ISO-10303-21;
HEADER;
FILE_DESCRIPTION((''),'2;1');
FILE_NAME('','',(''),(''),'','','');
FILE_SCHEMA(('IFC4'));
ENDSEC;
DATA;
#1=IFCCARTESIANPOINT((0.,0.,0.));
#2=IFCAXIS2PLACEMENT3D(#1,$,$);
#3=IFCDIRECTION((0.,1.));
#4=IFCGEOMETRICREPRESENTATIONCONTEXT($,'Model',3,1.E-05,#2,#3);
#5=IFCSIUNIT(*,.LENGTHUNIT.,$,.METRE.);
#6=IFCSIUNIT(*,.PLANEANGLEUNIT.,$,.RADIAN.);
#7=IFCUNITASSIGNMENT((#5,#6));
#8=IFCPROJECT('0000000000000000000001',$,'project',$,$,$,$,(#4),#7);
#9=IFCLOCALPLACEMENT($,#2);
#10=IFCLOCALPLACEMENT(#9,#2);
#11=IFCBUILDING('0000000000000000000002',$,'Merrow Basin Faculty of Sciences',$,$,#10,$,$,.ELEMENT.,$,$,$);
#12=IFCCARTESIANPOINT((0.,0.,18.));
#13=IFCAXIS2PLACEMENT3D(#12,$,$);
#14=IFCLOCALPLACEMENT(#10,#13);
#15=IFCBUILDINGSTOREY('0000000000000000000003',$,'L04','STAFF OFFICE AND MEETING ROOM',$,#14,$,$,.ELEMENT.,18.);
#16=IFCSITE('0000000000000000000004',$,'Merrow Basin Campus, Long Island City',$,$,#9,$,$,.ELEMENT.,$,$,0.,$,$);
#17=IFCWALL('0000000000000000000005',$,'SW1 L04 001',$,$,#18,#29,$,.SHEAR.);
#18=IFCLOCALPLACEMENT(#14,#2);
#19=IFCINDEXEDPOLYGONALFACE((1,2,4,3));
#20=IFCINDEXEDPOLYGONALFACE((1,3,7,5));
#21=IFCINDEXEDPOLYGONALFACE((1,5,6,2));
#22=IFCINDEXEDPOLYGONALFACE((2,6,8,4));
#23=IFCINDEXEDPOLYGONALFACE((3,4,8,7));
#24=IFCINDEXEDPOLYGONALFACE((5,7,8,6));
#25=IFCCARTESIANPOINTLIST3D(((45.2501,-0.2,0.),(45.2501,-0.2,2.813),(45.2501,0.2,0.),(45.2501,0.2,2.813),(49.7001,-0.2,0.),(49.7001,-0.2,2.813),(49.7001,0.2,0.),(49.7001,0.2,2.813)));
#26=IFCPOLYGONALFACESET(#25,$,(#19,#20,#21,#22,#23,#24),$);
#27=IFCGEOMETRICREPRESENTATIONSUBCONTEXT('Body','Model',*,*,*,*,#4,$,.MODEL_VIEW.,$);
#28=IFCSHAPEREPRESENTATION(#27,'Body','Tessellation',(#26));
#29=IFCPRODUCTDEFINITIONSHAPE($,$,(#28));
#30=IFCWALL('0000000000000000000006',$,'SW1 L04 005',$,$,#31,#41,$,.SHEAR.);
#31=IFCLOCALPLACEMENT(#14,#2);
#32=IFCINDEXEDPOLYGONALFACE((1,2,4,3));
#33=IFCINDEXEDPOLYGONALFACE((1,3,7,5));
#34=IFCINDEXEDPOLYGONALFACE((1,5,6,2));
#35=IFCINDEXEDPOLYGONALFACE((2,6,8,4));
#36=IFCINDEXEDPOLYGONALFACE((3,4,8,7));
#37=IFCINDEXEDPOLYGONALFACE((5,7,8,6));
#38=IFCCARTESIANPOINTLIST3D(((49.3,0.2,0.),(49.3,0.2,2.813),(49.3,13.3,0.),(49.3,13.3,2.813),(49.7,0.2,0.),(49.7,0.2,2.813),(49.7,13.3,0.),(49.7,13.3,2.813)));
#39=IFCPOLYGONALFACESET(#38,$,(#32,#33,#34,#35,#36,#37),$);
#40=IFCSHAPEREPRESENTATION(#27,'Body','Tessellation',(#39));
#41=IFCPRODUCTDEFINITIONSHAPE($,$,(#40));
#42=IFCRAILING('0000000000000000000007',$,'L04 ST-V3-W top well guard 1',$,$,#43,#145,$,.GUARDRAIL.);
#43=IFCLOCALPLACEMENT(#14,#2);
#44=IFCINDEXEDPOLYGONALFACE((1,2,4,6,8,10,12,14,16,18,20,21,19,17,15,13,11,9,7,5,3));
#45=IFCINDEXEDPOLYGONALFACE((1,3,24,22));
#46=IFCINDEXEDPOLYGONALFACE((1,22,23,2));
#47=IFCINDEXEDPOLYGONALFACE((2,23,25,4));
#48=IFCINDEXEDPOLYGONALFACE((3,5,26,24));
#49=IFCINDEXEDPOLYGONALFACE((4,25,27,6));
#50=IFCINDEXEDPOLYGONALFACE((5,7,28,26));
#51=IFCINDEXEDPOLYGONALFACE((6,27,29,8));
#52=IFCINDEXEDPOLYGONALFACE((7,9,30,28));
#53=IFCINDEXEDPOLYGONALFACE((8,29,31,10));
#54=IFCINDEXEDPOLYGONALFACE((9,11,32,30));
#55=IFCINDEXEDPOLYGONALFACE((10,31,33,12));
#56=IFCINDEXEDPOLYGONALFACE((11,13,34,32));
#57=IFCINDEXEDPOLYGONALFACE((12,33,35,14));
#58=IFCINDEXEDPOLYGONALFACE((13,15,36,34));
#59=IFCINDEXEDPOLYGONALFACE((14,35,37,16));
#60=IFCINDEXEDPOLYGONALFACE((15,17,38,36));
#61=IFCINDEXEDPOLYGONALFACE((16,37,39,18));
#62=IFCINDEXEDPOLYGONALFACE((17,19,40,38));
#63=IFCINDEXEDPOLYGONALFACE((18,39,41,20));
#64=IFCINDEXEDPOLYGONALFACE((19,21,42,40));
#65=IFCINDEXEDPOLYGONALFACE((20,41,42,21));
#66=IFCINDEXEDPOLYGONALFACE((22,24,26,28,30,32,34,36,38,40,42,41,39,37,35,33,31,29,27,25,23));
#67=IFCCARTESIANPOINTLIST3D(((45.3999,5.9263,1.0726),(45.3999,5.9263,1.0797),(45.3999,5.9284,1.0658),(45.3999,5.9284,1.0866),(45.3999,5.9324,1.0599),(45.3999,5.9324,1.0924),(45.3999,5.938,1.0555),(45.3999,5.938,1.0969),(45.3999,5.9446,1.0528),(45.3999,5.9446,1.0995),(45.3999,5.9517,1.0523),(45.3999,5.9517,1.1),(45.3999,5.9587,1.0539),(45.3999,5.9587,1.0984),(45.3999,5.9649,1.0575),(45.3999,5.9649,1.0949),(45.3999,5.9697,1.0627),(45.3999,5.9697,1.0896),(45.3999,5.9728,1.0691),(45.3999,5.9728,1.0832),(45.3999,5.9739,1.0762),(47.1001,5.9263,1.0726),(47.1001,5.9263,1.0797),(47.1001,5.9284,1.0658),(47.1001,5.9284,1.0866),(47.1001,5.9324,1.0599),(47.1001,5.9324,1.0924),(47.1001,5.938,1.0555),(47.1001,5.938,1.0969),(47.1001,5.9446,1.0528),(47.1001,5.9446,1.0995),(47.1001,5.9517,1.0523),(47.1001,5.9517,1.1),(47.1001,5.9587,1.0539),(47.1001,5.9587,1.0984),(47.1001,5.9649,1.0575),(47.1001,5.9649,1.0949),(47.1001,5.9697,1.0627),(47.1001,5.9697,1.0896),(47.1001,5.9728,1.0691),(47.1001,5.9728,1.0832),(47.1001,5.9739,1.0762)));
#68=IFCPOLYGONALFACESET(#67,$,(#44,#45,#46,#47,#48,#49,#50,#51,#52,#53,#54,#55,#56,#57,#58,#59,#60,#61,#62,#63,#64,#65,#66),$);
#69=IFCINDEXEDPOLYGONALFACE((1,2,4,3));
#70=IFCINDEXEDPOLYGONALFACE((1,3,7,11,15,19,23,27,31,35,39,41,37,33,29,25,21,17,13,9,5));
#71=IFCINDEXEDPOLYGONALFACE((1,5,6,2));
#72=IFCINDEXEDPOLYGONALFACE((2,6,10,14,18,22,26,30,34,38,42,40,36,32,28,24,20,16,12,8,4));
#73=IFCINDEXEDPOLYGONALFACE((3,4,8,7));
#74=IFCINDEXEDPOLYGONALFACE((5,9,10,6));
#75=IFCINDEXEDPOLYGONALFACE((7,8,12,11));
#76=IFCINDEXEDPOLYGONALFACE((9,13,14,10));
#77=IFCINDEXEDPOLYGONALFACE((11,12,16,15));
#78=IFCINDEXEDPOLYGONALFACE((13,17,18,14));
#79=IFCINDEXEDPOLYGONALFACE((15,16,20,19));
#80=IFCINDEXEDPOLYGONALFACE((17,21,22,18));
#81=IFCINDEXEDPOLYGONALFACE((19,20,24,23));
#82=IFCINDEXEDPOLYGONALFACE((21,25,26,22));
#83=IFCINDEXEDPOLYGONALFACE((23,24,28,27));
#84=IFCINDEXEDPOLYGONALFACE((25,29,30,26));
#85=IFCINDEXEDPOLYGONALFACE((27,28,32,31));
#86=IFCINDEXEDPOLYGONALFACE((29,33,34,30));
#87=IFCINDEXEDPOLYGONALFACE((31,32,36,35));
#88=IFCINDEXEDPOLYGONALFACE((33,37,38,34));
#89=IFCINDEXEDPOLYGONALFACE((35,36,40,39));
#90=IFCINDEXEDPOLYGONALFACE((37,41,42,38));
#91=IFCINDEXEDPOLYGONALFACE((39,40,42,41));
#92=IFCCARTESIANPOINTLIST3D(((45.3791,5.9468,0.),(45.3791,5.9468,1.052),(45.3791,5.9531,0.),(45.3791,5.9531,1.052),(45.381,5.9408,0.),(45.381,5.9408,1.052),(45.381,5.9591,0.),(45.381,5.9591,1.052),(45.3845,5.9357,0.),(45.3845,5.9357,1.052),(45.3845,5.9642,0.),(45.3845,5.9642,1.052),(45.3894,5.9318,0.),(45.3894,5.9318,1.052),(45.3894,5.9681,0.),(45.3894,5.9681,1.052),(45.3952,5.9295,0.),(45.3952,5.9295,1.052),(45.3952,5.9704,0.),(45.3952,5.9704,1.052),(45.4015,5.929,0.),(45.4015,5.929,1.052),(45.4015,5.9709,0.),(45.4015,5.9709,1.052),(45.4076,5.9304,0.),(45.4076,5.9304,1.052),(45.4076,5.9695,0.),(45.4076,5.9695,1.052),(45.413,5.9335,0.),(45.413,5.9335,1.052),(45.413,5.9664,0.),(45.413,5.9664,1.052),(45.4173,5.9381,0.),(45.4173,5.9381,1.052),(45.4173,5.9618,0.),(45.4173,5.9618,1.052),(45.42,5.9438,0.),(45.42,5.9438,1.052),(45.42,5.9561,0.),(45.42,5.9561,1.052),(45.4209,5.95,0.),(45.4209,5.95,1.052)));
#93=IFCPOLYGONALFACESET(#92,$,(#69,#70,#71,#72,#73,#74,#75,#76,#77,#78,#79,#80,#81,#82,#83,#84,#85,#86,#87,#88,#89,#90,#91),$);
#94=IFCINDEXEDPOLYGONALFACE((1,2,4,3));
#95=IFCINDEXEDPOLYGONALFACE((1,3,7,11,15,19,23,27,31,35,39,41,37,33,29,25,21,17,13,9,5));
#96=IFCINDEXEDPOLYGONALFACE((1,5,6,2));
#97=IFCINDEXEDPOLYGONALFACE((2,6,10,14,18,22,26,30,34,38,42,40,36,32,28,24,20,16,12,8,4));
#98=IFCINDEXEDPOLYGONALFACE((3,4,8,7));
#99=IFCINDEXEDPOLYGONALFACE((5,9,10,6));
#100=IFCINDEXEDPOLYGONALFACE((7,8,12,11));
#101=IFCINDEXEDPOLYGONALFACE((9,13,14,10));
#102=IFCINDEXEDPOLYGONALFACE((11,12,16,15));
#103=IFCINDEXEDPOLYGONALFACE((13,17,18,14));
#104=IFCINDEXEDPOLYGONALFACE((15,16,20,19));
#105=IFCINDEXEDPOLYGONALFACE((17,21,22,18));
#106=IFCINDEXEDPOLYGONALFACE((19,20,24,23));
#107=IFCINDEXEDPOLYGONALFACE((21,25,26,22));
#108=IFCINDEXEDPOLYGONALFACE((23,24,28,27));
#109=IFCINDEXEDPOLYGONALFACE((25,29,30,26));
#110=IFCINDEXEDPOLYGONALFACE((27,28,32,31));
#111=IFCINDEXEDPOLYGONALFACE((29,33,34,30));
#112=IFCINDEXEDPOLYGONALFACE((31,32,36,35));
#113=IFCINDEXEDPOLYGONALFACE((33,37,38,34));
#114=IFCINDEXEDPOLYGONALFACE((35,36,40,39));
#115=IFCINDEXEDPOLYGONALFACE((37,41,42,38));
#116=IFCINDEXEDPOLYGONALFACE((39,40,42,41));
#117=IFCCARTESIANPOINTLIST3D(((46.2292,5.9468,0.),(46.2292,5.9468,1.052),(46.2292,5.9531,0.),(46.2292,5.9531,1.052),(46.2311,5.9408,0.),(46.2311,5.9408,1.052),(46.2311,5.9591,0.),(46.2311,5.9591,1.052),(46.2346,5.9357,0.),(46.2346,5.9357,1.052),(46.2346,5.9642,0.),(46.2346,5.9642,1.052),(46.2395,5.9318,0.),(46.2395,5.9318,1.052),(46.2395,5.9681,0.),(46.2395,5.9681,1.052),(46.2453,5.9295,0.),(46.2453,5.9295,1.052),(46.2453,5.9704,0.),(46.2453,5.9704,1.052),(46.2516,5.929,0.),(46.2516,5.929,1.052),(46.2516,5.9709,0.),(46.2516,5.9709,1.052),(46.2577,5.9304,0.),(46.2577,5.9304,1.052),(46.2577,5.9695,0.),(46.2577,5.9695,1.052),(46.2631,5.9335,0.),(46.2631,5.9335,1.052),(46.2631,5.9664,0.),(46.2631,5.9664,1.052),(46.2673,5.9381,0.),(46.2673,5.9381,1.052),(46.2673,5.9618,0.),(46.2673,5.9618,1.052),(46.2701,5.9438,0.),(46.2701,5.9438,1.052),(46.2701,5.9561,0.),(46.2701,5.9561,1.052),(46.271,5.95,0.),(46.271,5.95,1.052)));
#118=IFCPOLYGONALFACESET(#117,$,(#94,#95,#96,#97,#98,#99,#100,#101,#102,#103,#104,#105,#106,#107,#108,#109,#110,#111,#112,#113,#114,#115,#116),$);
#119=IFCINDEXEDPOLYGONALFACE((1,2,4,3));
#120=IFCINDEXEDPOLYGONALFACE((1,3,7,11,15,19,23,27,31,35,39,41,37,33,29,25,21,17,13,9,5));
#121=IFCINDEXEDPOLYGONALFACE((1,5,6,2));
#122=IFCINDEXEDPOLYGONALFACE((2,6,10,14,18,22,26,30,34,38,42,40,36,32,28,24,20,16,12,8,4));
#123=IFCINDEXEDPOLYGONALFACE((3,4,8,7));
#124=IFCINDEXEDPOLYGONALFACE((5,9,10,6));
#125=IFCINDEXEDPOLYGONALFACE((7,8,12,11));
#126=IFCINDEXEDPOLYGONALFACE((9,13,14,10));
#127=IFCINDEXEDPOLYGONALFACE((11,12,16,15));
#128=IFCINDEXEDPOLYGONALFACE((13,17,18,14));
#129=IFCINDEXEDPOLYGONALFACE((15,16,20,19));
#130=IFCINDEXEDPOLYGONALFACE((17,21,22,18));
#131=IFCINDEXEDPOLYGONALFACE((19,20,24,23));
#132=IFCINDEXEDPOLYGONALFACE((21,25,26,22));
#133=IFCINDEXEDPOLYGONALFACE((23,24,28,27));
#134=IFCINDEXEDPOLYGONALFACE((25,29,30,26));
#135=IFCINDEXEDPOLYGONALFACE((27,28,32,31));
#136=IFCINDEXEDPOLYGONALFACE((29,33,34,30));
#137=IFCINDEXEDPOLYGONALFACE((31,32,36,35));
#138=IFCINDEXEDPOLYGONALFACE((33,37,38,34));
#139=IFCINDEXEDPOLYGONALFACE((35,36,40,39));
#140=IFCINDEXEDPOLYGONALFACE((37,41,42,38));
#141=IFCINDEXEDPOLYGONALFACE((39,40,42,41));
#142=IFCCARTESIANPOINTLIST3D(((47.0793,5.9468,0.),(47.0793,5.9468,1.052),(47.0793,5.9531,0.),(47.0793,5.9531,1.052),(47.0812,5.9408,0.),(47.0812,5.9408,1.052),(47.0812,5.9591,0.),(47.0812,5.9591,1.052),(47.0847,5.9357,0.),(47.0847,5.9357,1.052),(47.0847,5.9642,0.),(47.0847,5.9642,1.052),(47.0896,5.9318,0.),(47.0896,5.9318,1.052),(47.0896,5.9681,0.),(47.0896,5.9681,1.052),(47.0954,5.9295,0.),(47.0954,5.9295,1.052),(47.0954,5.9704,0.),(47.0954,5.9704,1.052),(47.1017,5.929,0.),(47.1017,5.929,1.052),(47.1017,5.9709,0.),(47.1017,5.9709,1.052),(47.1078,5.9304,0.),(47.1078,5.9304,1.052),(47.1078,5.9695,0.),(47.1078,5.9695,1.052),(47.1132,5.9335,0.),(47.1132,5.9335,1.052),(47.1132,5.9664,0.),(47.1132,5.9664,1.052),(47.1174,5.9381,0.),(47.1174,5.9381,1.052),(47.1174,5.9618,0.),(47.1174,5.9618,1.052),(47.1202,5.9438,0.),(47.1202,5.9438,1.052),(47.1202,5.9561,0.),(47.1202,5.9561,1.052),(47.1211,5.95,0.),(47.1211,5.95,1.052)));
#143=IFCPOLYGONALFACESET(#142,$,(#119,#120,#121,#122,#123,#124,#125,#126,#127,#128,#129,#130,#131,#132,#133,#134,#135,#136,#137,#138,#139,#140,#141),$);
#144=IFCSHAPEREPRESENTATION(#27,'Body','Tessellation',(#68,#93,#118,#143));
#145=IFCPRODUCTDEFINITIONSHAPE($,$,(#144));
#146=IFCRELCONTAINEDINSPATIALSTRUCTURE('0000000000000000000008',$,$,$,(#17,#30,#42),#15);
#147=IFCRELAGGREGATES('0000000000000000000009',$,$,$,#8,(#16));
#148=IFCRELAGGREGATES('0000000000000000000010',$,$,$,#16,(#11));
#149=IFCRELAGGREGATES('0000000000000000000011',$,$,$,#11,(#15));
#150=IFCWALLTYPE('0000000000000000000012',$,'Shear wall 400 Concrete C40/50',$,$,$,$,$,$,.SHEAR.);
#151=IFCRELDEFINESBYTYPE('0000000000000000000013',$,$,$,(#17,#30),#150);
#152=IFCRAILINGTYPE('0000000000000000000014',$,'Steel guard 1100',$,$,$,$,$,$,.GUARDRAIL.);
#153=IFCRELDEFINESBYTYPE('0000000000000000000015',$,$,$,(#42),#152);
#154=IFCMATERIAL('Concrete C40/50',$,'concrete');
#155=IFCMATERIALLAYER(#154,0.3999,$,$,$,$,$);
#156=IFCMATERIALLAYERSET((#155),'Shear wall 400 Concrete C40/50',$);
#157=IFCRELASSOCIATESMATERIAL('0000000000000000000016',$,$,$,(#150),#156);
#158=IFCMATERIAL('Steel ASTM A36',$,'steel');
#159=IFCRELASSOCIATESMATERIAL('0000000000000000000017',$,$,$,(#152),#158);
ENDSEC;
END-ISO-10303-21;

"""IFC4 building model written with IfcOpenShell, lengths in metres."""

from ifc_helpers import new_model, si_unit, direction, frame, frame_2d, origin, origin_2d, place, context, subcontext, project, spatial, rectangle, circle, extrude, material, layer, layer_set, type_object, element, save


model = new_model("IFC4")

# Units and contexts
model_context = context("Model", 3, precision=1e-05, world=origin(), true_north=direction((0.0, 1.0)))
body_context = subcontext(model_context, "Body", "Model", "MODEL_VIEW")
ifc_project = project(units=[si_unit("LENGTHUNIT", "METRE"), si_unit("PLANEANGLEUNIT", "RADIAN")], contexts=[model_context])

# Site, building, storey
site_placement = place(None, origin())
site = spatial("IfcSite", under=ifc_project, at=site_placement, Name="Merrow Basin Campus, Long Island City", CompositionType="ELEMENT", RefElevation=0.0)
building_placement = place(site_placement, origin())
building = spatial("IfcBuilding", under=site, at=building_placement, Name="Merrow Basin Faculty of Sciences", CompositionType="ELEMENT")
storey_placement = place(building_placement, frame((0.0, 0.0, 18.0)))
storey = spatial("IfcBuildingStorey", under=building, at=storey_placement, Name="L04", Description="STAFF OFFICE AND MEETING ROOM", CompositionType="ELEMENT", Elevation=18.0)

# Walls
ifc_material_1 = material(Name="Concrete C40/50", Category="concrete")
ifc_layer_1 = layer(ifc_material_1, 0.3999)
ifc_layer_set_1 = layer_set([ifc_layer_1], Name="Shear wall 400 Concrete C40/50")
wall_type_1 = type_object("IfcWallType", Name="Shear wall 400 Concrete C40/50", PredefinedType="SHEAR", material=ifc_layer_set_1)
wall_1_placement = place(storey_placement, frame((45.25, 0.0, 0.0), z_axis=(0.0, 0.0, 1.0), x_axis=(1.0, 0.0, 0.0)))
element("IfcWall", 1, at=wall_1_placement, inside=storey, type_object=wall_type_1, Name="SW1 L04 001", PredefinedType="SHEAR", context=body_context, shape_type="SweptSolid", body=[
    extrude(rectangle(XDim=4.45, YDim=0.3999, at=frame_2d((2.2251, 0.0))), origin(), (0.0, 0.0, 1.0), 2.813),
])
wall_2_placement = place(storey_placement, frame((49.5, 0.2, 0.0), z_axis=(0.0, 0.0, 1.0), x_axis=(0.0, 1.0, 0.0)))
element("IfcWall", 2, at=wall_2_placement, inside=storey, type_object=wall_type_1, Name="SW1 L04 005", PredefinedType="SHEAR", context=body_context, shape_type="SweptSolid", body=[
    extrude(rectangle(XDim=13.1001, YDim=0.3999, at=frame_2d((6.55, 0.0))), origin(), (0.0, 0.0, 1.0), 2.813),
])

# Railing
ifc_material_2 = material(Name="Steel ASTM A36", Category="steel")
railing_type = type_object("IfcRailingType", Name="Steel guard 1100", PredefinedType="GUARDRAIL", material=ifc_material_2)
railing_1_placement = place(storey_placement, frame((45.3999, 5.95, 0.0)))
element("IfcRailing", 3, at=railing_1_placement, inside=storey, type_object=railing_type, Name="L04 ST-V3-W top well guard 1", PredefinedType="GUARDRAIL", context=body_context, shape_type="SweptSolid", body=[
    extrude(circle(Radius=0.0239, at=origin_2d()), frame((0.0, 0.0, 1.0762), z_axis=(1.0, 0.0, 0.0), x_axis=(0.0, 1.0, 0.0)), (0.0, 0.0, 1.0), 1.7002),
    extrude(circle(Radius=0.021, at=origin_2d()), origin(), (0.0, 0.0, 1.0), 1.052),
    extrude(circle(Radius=0.021, at=origin_2d()), frame((0.8501, 0.0, 0.0)), (0.0, 0.0, 1.0), 1.052),
    extrude(circle(Radius=0.021, at=origin_2d()), frame((1.7002, 0.0, 0.0)), (0.0, 0.0, 1.0), 1.052),
])

save(model, "model.ifc")
